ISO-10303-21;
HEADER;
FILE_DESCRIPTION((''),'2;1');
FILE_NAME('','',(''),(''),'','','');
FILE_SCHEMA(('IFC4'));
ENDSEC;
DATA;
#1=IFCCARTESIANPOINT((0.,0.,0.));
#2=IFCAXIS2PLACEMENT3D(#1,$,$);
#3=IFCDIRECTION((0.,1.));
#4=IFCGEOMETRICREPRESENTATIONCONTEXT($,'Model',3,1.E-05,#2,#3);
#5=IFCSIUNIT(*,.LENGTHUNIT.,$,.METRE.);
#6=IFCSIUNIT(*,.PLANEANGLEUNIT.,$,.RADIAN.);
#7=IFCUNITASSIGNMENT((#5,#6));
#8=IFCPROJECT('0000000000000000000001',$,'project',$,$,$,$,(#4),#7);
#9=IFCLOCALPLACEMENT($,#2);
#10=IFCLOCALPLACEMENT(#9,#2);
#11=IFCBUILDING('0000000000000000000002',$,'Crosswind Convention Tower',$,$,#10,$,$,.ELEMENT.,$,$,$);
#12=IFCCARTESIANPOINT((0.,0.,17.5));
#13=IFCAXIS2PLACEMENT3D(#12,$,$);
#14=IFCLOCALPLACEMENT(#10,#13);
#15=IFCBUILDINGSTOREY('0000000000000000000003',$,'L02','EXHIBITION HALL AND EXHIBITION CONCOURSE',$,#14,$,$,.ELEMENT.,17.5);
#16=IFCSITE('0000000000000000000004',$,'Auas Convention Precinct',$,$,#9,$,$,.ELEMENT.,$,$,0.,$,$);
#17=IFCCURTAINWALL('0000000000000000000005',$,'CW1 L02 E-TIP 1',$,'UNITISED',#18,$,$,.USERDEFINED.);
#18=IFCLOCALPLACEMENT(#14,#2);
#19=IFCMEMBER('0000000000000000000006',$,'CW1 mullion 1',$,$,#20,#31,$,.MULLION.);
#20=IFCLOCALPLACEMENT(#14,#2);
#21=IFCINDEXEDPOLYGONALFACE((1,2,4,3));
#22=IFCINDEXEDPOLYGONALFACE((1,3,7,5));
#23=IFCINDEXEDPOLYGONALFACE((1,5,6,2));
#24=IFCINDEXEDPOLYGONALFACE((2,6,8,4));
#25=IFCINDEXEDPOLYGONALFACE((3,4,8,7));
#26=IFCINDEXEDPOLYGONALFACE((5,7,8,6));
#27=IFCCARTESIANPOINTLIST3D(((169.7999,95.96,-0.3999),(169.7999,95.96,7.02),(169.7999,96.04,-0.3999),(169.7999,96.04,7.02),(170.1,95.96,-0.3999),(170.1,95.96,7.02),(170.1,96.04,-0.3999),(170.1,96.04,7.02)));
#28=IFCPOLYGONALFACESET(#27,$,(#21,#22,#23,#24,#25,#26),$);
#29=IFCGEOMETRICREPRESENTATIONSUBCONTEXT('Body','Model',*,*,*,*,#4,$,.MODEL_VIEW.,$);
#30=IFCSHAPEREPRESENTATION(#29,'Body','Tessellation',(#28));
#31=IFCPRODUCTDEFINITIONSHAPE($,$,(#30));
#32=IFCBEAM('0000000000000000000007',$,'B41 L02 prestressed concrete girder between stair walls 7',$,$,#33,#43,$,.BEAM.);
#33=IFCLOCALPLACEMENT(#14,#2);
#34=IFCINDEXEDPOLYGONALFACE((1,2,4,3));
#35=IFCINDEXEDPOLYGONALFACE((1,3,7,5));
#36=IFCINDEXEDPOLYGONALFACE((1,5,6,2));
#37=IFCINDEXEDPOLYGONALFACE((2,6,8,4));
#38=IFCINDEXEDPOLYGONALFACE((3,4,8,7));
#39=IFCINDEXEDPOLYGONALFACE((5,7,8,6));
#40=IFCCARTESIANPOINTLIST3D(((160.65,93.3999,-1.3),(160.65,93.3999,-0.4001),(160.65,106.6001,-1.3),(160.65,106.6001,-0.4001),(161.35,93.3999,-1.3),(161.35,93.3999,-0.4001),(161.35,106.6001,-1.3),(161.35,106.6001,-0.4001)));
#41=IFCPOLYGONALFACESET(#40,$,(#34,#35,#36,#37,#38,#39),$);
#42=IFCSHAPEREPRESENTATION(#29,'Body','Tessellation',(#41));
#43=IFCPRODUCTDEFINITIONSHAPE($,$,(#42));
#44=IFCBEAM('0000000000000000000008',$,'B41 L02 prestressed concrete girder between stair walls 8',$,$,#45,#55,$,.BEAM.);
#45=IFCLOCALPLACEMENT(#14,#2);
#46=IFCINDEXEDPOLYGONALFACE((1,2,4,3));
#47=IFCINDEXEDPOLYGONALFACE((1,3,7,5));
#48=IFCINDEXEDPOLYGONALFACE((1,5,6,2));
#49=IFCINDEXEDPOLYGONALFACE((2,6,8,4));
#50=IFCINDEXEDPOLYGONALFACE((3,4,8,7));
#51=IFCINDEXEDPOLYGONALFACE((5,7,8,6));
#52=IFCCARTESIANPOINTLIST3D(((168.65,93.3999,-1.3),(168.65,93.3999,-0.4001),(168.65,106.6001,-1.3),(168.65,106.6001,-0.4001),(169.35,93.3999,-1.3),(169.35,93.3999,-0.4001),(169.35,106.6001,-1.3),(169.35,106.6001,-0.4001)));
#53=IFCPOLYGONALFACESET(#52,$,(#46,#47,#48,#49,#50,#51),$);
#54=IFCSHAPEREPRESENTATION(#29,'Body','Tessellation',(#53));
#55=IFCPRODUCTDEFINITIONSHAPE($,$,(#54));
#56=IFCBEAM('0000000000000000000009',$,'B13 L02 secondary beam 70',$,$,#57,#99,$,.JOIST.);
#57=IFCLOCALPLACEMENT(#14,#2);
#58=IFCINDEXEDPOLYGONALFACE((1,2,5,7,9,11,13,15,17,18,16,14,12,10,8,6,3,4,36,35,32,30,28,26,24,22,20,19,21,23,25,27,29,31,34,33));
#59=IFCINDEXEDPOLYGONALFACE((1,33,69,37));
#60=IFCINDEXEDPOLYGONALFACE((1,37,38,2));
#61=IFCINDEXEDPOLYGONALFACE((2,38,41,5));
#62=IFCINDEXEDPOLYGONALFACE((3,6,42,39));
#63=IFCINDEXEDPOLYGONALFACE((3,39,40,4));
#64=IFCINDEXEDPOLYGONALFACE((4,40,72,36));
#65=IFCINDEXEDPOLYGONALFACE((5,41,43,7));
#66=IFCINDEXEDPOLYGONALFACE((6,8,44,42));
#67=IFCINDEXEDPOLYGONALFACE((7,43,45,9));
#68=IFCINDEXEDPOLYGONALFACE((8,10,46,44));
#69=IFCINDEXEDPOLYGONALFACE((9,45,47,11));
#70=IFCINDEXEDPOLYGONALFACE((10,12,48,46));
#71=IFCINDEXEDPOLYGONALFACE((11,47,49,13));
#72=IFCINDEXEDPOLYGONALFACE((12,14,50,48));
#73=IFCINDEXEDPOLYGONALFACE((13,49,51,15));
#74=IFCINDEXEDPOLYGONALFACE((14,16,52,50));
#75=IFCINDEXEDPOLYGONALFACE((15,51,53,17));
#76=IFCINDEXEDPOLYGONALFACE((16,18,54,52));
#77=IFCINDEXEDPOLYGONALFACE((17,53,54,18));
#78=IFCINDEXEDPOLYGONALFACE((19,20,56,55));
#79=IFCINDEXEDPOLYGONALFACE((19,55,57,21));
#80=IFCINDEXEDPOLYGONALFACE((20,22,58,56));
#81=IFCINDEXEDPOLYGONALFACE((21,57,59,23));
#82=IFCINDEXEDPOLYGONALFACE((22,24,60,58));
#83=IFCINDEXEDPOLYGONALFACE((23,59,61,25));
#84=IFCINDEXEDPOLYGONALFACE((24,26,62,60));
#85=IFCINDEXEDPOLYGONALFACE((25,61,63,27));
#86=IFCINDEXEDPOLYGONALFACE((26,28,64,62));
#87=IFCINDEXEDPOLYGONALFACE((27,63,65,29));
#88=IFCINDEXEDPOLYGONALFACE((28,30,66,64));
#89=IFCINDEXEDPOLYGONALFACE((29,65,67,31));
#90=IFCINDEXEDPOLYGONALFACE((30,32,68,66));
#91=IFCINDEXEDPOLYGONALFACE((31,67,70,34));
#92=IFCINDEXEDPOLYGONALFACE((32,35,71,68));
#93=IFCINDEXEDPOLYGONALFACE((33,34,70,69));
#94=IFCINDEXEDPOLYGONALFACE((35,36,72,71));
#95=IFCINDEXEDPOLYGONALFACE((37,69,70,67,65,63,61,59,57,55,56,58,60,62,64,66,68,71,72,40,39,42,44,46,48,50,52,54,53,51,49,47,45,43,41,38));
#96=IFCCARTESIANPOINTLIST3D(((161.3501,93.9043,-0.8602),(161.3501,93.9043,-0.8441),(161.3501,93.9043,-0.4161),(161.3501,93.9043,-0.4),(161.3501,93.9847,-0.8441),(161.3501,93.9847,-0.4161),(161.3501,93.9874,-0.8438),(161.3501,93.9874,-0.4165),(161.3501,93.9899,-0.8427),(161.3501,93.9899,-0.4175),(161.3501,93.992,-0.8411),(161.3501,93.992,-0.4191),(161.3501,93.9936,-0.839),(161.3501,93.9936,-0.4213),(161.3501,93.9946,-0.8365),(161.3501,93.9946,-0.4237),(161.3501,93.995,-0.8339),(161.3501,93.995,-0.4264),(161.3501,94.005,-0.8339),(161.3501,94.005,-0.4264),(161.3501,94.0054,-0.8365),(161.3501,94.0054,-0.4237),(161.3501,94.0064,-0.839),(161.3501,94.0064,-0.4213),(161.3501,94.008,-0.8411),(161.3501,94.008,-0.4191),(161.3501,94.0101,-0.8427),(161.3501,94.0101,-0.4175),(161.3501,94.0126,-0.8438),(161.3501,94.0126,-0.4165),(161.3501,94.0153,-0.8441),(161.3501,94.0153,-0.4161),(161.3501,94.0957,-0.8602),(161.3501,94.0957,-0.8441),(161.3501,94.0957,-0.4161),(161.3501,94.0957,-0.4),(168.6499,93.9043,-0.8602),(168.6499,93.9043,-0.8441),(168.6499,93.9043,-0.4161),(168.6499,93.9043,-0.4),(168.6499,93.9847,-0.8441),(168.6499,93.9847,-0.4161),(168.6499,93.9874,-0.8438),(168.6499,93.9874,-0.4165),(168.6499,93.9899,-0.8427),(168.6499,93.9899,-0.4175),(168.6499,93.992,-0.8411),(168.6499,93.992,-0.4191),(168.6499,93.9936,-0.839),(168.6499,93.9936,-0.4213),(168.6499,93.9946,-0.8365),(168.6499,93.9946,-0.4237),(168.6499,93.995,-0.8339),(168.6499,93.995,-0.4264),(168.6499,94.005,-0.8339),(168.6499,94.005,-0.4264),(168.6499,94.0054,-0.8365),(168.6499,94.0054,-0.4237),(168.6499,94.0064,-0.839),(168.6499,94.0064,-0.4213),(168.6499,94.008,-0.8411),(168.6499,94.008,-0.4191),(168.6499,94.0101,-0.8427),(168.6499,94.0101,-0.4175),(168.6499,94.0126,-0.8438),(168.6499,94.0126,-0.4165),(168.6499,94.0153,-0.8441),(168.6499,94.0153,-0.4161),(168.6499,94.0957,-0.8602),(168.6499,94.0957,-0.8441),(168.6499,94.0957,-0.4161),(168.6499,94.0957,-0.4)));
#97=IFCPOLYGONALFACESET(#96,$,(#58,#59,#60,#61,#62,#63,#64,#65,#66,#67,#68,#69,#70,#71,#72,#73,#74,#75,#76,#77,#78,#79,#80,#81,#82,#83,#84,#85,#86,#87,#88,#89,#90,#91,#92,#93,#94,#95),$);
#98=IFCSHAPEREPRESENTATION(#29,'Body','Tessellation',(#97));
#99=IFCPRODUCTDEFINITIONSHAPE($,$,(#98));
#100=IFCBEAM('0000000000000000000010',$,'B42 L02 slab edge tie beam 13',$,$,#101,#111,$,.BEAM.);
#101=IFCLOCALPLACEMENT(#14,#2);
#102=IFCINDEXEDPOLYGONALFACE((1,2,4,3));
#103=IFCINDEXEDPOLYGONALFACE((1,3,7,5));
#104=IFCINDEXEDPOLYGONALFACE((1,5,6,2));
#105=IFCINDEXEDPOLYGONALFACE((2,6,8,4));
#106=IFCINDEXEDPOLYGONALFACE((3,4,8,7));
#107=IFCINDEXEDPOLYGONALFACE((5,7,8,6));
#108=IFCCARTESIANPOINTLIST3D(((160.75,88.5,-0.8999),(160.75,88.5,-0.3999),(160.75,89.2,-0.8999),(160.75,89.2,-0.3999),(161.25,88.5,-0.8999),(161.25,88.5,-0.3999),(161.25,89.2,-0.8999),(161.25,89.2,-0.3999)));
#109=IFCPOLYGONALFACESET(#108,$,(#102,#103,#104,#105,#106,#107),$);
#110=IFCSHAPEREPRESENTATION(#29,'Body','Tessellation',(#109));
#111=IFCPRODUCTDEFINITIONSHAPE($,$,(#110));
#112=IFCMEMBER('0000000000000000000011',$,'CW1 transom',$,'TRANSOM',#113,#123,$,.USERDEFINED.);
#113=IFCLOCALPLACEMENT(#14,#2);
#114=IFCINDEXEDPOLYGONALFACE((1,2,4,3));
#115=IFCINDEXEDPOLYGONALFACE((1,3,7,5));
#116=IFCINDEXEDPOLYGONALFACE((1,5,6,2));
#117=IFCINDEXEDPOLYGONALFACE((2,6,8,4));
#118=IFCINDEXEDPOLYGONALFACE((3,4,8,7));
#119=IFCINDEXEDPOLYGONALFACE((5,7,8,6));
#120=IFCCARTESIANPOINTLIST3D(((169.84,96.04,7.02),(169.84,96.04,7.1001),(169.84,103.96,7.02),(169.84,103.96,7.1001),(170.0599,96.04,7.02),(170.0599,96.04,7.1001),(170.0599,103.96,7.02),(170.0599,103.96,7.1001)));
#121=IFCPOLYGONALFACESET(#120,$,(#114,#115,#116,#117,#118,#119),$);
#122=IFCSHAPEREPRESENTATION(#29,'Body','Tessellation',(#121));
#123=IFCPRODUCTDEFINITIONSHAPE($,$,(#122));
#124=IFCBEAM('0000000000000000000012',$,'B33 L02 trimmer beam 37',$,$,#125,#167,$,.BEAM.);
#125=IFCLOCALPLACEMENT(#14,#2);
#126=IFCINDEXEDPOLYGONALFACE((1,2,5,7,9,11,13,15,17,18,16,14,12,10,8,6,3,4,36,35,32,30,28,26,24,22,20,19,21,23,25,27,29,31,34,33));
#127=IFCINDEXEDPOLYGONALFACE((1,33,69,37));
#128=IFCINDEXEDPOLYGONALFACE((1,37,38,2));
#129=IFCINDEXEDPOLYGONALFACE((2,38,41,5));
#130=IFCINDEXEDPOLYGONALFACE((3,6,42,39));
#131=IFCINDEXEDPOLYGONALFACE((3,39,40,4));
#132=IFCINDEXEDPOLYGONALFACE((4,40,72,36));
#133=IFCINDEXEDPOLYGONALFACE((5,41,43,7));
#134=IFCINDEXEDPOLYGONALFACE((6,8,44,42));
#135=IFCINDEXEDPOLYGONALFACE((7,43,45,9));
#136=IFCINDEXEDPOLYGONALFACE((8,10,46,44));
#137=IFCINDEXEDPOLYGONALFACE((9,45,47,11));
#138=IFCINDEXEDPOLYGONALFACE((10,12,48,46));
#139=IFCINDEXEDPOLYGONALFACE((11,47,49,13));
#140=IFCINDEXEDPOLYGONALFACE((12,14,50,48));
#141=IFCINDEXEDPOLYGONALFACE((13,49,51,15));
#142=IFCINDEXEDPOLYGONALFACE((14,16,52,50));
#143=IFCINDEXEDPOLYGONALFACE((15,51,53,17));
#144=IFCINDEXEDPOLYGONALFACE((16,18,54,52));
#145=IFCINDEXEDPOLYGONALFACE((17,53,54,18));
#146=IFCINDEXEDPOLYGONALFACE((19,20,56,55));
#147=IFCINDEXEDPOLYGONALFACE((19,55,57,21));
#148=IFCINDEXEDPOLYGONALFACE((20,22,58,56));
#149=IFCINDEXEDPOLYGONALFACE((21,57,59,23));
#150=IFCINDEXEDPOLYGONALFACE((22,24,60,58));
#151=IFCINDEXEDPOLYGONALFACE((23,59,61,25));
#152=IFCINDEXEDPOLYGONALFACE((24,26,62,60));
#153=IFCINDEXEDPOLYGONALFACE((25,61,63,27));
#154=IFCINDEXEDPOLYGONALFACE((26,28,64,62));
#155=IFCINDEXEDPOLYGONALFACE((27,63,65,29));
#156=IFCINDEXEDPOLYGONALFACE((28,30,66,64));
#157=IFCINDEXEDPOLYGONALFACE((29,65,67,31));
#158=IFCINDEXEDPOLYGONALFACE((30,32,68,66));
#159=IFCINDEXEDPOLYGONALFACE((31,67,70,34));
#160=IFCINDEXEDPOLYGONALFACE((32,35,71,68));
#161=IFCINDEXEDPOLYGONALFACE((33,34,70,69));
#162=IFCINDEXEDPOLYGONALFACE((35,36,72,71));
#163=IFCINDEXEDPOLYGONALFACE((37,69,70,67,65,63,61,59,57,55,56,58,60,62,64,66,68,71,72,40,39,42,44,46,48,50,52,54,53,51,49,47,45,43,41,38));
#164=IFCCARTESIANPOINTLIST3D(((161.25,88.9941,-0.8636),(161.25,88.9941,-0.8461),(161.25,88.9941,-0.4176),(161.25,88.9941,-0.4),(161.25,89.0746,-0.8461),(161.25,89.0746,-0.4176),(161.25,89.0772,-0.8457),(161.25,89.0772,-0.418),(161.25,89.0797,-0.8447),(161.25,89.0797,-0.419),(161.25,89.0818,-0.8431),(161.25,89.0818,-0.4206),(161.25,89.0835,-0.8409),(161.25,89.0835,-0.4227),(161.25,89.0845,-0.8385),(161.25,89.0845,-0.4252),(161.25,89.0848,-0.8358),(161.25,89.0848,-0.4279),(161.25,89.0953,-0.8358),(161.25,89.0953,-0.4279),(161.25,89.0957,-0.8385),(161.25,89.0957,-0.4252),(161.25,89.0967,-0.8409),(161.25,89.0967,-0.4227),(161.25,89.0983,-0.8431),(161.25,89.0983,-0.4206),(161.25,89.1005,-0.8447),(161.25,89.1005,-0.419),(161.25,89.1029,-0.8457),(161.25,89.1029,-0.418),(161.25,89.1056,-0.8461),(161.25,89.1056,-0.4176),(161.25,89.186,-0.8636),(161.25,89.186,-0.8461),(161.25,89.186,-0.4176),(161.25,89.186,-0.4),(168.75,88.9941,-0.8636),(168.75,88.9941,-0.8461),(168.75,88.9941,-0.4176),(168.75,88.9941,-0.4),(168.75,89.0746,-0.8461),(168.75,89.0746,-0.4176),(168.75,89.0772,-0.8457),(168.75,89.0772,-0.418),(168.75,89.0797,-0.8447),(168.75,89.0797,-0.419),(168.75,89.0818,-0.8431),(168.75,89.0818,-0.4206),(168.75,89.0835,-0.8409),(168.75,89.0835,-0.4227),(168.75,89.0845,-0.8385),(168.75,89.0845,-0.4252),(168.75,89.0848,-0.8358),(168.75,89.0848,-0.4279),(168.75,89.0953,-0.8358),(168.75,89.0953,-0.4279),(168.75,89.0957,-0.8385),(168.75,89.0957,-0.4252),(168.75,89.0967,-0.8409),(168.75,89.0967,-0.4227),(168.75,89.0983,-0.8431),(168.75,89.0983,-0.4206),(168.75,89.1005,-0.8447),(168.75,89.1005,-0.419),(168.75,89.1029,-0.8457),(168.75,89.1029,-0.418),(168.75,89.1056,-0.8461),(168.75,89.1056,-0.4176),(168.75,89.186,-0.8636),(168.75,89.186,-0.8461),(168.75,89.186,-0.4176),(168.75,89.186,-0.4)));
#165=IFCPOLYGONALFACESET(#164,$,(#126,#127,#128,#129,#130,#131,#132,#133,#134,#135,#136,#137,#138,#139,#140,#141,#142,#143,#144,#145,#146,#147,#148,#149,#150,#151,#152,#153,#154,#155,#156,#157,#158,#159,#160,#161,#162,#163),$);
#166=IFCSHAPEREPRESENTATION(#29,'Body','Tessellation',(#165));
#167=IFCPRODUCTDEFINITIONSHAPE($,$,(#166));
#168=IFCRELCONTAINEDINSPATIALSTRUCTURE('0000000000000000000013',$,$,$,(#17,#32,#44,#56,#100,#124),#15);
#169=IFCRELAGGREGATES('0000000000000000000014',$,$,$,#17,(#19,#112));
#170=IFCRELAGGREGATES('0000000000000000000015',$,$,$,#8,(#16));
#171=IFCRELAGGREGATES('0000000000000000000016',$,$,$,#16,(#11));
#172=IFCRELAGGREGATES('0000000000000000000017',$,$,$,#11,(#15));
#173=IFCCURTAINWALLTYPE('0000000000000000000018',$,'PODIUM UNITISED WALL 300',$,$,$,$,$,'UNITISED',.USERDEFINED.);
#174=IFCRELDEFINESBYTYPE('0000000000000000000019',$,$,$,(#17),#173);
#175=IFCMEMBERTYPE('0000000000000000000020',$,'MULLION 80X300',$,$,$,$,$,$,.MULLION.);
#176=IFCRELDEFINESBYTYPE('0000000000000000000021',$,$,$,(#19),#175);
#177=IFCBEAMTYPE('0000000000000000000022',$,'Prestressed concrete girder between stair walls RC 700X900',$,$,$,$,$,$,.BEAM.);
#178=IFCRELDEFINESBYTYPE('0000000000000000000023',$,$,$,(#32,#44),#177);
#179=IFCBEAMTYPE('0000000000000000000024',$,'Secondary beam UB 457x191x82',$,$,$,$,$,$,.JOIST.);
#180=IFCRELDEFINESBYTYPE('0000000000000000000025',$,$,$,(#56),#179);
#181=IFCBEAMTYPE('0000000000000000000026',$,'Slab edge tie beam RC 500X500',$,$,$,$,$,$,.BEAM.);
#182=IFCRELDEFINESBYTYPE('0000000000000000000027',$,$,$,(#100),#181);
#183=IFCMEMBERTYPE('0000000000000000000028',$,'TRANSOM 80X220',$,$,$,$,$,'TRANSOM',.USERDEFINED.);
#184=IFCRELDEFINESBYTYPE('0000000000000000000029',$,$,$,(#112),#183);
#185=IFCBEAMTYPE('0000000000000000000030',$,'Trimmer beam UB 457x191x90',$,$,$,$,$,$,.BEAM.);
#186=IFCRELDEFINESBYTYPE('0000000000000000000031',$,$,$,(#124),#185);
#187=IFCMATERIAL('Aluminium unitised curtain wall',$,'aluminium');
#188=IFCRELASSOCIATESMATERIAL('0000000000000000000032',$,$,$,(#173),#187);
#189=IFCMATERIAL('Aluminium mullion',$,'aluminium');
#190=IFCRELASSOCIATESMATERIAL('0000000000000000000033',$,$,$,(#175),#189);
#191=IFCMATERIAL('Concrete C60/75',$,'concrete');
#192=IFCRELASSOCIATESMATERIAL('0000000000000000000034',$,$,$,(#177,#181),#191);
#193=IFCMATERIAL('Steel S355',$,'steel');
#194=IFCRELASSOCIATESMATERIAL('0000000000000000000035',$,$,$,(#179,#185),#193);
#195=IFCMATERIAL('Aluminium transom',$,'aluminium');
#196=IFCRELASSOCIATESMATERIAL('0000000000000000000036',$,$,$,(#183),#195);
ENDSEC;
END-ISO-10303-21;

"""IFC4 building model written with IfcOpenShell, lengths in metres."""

from ifc_helpers import new_model, si_unit, direction, frame, origin, origin_2d, place, context, subcontext, project, spatial, rectangle, i_section, extrude, material, material_profile, profile_set, type_object, element, aggregate, save


model = new_model("IFC4")

# Units and contexts
model_context = context("Model", 3, precision=1e-05, world=origin(), true_north=direction((0.0, 1.0)))
body_context = subcontext(model_context, "Body", "Model", "MODEL_VIEW")
ifc_project = project(units=[si_unit("LENGTHUNIT", "METRE"), si_unit("PLANEANGLEUNIT", "RADIAN")], contexts=[model_context])

# Site, building, storey
site_placement = place(None, origin())
site = spatial("IfcSite", under=ifc_project, at=site_placement, Name="Auas Convention Precinct", CompositionType="ELEMENT", RefElevation=0.0)
building_placement = place(site_placement, origin())
building = spatial("IfcBuilding", under=site, at=building_placement, Name="Crosswind Convention Tower", CompositionType="ELEMENT")
storey_placement = place(building_placement, frame((0.0, 0.0, 17.5)))
storey = spatial("IfcBuildingStorey", under=building, at=storey_placement, Name="L02", Description="EXHIBITION HALL AND EXHIBITION CONCOURSE", CompositionType="ELEMENT", Elevation=17.5)

# Curtain wall, member
ifc_material_1 = material(Name="Aluminium unitised curtain wall", Category="aluminium")
curtain_wall_type = type_object("IfcCurtainWallType", Name="PODIUM UNITISED WALL 300", ElementType="UNITISED", PredefinedType="USERDEFINED", material=ifc_material_1)
curtain_wall_placement = place(storey_placement, origin())
curtain_wall = element("IfcCurtainWall", 1, at=curtain_wall_placement, inside=storey, type_object=curtain_wall_type, Name="CW1 L02 E-TIP 1", ObjectType="UNITISED", PredefinedType="USERDEFINED")
ifc_material_2 = material(Name="Aluminium mullion", Category="aluminium")
ifc_material_profile_1 = material_profile(ifc_material_2, rectangle(XDim=0.3, YDim=0.0801, at=origin_2d()), Name="AL 300X80")
ifc_profile_set_1 = profile_set([ifc_material_profile_1], Name="Aluminium mullion")
member_type_1 = type_object("IfcMemberType", Name="MULLION 80X300", PredefinedType="MULLION", material=ifc_profile_set_1)
member_1_placement = place(storey_placement, frame((169.95, 96.0, -0.3999), z_axis=(0.0, 0.0, 1.0), x_axis=(1.0, 0.0, 0.0)))
member_1 = element("IfcMember", 2, at=member_1_placement, type_object=member_type_1, Name="CW1 mullion 1", PredefinedType="MULLION", context=body_context, shape_type="SweptSolid", body=[
    extrude(rectangle(XDim=0.3, YDim=0.0801, at=origin_2d()), origin(), (0.0, 0.0, 1.0), 7.4199),
])

# Beams
ifc_material_3 = material(Name="Concrete C60/75", Category="concrete")
ifc_material_profile_2 = material_profile(ifc_material_3, rectangle(XDim=0.7, YDim=0.8999, at=origin_2d()), Name="RC 700X900")
ifc_profile_set_2 = profile_set([ifc_material_profile_2], Name="Concrete C60/75")
beam_type_1 = type_object("IfcBeamType", Name="Prestressed concrete girder between stair walls RC 700X900", PredefinedType="BEAM", material=ifc_profile_set_2)
for number, where, z_axis, x_axis, name in (
    (3, (161.0, 93.3999, -0.8501), (0.0, 1.0, 0.0), (-1.0, 0.0, 0.0), "B41 L02 prestressed concrete girder between stair walls 7"),
    (4, (169.0, 93.3999, -0.8501), (0.0, 1.0, 0.0), (-1.0, 0.0, 0.0), "B41 L02 prestressed concrete girder between stair walls 8"),
):
    element("IfcBeam", number, at=place(storey_placement, frame(where, z_axis=z_axis, x_axis=x_axis)), inside=storey, type_object=beam_type_1, Name=name, PredefinedType="BEAM", context=body_context, shape_type="SweptSolid", body=[
        extrude(rectangle(XDim=0.7, YDim=0.8999, at=origin_2d()), origin(), (0.0, 0.0, 1.0), 13.2002),
    ])
ifc_material_4 = material(Name="Steel S355", Category="steel")
ifc_material_profile_3 = material_profile(ifc_material_4, i_section(OverallWidth=0.1914, OverallDepth=0.4602, WebThickness=0.01, FlangeThickness=0.0161, FilletRadius=0.0103, at=origin_2d()), Name="UB 457x191x82")
ifc_profile_set_3 = profile_set([ifc_material_profile_3], Name="Steel S355")
beam_type_2 = type_object("IfcBeamType", Name="Secondary beam UB 457x191x82", PredefinedType="JOIST", material=ifc_profile_set_3)
beam_1_placement = place(storey_placement, frame((161.3501, 94.0, -0.6301), z_axis=(1.0, 0.0, 0.0), x_axis=(0.0, 1.0, 0.0)))
element("IfcBeam", 5, at=beam_1_placement, inside=storey, type_object=beam_type_2, Name="B13 L02 secondary beam 70", PredefinedType="JOIST", context=body_context, shape_type="SweptSolid", body=[
    extrude(i_section(OverallWidth=0.1914, OverallDepth=0.4602, WebThickness=0.01, FlangeThickness=0.0161, FilletRadius=0.0103, at=origin_2d()), origin(), (0.0, 0.0, 1.0), 7.2998),
])
ifc_material_profile_4 = material_profile(ifc_material_3, rectangle(XDim=0.5, YDim=0.5, at=origin_2d()), Name="RC 500X500")
ifc_profile_set_4 = profile_set([ifc_material_profile_4], Name="Concrete C60/75")
beam_type_3 = type_object("IfcBeamType", Name="Slab edge tie beam RC 500X500", PredefinedType="BEAM", material=ifc_profile_set_4)
beam_2_placement = place(storey_placement, frame((161.0, 88.5, -0.6499), z_axis=(0.0, 1.0, 0.0), x_axis=(-1.0, 0.0, 0.0)))
element("IfcBeam", 6, at=beam_2_placement, inside=storey, type_object=beam_type_3, Name="B42 L02 slab edge tie beam 13", PredefinedType="BEAM", context=body_context, shape_type="SweptSolid", body=[
    extrude(rectangle(XDim=0.5, YDim=0.5, at=origin_2d()), origin(), (0.0, 0.0, 1.0), 0.7),
])

# Member
ifc_material_5 = material(Name="Aluminium transom", Category="aluminium")
ifc_material_profile_5 = material_profile(ifc_material_5, rectangle(XDim=0.22, YDim=0.0801, at=origin_2d()), Name="AL 220X80")
ifc_profile_set_5 = profile_set([ifc_material_profile_5], Name="Aluminium transom")
member_type_2 = type_object("IfcMemberType", Name="TRANSOM 80X220", ElementType="TRANSOM", PredefinedType="USERDEFINED", material=ifc_profile_set_5)
member_2_placement = place(storey_placement, frame((169.95, 96.04, 7.0601), z_axis=(0.0, 1.0, 0.0), x_axis=(-1.0, 0.0, 0.0)))
member_2 = element("IfcMember", 7, at=member_2_placement, type_object=member_type_2, Name="CW1 transom", ObjectType="TRANSOM", PredefinedType="USERDEFINED", context=body_context, shape_type="SweptSolid", body=[
    extrude(rectangle(XDim=0.22, YDim=0.0801, at=origin_2d()), origin(), (0.0, 0.0, 1.0), 7.9199),
])

# Beam
ifc_material_profile_6 = material_profile(ifc_material_4, i_section(OverallWidth=0.1919, OverallDepth=0.4636, WebThickness=0.0105, FlangeThickness=0.0176, FilletRadius=0.0103, at=origin_2d()), Name="UB 457x191x90")
ifc_profile_set_6 = profile_set([ifc_material_profile_6], Name="Steel S355")
beam_type_4 = type_object("IfcBeamType", Name="Trimmer beam UB 457x191x90", PredefinedType="BEAM", material=ifc_profile_set_6)
beam_3_placement = place(storey_placement, frame((161.25, 89.0901, -0.6318), z_axis=(1.0, 0.0, 0.0), x_axis=(0.0, 1.0, 0.0)))
element("IfcBeam", 8, at=beam_3_placement, inside=storey, type_object=beam_type_4, Name="B33 L02 trimmer beam 37", PredefinedType="BEAM", context=body_context, shape_type="SweptSolid", body=[
    extrude(i_section(OverallWidth=0.1919, OverallDepth=0.4636, WebThickness=0.0105, FlangeThickness=0.0176, FilletRadius=0.0103, at=origin_2d()), origin(), (0.0, 0.0, 1.0), 7.5),
])

aggregate(curtain_wall, [member_1, member_2])

save(model, "model.ifc")
